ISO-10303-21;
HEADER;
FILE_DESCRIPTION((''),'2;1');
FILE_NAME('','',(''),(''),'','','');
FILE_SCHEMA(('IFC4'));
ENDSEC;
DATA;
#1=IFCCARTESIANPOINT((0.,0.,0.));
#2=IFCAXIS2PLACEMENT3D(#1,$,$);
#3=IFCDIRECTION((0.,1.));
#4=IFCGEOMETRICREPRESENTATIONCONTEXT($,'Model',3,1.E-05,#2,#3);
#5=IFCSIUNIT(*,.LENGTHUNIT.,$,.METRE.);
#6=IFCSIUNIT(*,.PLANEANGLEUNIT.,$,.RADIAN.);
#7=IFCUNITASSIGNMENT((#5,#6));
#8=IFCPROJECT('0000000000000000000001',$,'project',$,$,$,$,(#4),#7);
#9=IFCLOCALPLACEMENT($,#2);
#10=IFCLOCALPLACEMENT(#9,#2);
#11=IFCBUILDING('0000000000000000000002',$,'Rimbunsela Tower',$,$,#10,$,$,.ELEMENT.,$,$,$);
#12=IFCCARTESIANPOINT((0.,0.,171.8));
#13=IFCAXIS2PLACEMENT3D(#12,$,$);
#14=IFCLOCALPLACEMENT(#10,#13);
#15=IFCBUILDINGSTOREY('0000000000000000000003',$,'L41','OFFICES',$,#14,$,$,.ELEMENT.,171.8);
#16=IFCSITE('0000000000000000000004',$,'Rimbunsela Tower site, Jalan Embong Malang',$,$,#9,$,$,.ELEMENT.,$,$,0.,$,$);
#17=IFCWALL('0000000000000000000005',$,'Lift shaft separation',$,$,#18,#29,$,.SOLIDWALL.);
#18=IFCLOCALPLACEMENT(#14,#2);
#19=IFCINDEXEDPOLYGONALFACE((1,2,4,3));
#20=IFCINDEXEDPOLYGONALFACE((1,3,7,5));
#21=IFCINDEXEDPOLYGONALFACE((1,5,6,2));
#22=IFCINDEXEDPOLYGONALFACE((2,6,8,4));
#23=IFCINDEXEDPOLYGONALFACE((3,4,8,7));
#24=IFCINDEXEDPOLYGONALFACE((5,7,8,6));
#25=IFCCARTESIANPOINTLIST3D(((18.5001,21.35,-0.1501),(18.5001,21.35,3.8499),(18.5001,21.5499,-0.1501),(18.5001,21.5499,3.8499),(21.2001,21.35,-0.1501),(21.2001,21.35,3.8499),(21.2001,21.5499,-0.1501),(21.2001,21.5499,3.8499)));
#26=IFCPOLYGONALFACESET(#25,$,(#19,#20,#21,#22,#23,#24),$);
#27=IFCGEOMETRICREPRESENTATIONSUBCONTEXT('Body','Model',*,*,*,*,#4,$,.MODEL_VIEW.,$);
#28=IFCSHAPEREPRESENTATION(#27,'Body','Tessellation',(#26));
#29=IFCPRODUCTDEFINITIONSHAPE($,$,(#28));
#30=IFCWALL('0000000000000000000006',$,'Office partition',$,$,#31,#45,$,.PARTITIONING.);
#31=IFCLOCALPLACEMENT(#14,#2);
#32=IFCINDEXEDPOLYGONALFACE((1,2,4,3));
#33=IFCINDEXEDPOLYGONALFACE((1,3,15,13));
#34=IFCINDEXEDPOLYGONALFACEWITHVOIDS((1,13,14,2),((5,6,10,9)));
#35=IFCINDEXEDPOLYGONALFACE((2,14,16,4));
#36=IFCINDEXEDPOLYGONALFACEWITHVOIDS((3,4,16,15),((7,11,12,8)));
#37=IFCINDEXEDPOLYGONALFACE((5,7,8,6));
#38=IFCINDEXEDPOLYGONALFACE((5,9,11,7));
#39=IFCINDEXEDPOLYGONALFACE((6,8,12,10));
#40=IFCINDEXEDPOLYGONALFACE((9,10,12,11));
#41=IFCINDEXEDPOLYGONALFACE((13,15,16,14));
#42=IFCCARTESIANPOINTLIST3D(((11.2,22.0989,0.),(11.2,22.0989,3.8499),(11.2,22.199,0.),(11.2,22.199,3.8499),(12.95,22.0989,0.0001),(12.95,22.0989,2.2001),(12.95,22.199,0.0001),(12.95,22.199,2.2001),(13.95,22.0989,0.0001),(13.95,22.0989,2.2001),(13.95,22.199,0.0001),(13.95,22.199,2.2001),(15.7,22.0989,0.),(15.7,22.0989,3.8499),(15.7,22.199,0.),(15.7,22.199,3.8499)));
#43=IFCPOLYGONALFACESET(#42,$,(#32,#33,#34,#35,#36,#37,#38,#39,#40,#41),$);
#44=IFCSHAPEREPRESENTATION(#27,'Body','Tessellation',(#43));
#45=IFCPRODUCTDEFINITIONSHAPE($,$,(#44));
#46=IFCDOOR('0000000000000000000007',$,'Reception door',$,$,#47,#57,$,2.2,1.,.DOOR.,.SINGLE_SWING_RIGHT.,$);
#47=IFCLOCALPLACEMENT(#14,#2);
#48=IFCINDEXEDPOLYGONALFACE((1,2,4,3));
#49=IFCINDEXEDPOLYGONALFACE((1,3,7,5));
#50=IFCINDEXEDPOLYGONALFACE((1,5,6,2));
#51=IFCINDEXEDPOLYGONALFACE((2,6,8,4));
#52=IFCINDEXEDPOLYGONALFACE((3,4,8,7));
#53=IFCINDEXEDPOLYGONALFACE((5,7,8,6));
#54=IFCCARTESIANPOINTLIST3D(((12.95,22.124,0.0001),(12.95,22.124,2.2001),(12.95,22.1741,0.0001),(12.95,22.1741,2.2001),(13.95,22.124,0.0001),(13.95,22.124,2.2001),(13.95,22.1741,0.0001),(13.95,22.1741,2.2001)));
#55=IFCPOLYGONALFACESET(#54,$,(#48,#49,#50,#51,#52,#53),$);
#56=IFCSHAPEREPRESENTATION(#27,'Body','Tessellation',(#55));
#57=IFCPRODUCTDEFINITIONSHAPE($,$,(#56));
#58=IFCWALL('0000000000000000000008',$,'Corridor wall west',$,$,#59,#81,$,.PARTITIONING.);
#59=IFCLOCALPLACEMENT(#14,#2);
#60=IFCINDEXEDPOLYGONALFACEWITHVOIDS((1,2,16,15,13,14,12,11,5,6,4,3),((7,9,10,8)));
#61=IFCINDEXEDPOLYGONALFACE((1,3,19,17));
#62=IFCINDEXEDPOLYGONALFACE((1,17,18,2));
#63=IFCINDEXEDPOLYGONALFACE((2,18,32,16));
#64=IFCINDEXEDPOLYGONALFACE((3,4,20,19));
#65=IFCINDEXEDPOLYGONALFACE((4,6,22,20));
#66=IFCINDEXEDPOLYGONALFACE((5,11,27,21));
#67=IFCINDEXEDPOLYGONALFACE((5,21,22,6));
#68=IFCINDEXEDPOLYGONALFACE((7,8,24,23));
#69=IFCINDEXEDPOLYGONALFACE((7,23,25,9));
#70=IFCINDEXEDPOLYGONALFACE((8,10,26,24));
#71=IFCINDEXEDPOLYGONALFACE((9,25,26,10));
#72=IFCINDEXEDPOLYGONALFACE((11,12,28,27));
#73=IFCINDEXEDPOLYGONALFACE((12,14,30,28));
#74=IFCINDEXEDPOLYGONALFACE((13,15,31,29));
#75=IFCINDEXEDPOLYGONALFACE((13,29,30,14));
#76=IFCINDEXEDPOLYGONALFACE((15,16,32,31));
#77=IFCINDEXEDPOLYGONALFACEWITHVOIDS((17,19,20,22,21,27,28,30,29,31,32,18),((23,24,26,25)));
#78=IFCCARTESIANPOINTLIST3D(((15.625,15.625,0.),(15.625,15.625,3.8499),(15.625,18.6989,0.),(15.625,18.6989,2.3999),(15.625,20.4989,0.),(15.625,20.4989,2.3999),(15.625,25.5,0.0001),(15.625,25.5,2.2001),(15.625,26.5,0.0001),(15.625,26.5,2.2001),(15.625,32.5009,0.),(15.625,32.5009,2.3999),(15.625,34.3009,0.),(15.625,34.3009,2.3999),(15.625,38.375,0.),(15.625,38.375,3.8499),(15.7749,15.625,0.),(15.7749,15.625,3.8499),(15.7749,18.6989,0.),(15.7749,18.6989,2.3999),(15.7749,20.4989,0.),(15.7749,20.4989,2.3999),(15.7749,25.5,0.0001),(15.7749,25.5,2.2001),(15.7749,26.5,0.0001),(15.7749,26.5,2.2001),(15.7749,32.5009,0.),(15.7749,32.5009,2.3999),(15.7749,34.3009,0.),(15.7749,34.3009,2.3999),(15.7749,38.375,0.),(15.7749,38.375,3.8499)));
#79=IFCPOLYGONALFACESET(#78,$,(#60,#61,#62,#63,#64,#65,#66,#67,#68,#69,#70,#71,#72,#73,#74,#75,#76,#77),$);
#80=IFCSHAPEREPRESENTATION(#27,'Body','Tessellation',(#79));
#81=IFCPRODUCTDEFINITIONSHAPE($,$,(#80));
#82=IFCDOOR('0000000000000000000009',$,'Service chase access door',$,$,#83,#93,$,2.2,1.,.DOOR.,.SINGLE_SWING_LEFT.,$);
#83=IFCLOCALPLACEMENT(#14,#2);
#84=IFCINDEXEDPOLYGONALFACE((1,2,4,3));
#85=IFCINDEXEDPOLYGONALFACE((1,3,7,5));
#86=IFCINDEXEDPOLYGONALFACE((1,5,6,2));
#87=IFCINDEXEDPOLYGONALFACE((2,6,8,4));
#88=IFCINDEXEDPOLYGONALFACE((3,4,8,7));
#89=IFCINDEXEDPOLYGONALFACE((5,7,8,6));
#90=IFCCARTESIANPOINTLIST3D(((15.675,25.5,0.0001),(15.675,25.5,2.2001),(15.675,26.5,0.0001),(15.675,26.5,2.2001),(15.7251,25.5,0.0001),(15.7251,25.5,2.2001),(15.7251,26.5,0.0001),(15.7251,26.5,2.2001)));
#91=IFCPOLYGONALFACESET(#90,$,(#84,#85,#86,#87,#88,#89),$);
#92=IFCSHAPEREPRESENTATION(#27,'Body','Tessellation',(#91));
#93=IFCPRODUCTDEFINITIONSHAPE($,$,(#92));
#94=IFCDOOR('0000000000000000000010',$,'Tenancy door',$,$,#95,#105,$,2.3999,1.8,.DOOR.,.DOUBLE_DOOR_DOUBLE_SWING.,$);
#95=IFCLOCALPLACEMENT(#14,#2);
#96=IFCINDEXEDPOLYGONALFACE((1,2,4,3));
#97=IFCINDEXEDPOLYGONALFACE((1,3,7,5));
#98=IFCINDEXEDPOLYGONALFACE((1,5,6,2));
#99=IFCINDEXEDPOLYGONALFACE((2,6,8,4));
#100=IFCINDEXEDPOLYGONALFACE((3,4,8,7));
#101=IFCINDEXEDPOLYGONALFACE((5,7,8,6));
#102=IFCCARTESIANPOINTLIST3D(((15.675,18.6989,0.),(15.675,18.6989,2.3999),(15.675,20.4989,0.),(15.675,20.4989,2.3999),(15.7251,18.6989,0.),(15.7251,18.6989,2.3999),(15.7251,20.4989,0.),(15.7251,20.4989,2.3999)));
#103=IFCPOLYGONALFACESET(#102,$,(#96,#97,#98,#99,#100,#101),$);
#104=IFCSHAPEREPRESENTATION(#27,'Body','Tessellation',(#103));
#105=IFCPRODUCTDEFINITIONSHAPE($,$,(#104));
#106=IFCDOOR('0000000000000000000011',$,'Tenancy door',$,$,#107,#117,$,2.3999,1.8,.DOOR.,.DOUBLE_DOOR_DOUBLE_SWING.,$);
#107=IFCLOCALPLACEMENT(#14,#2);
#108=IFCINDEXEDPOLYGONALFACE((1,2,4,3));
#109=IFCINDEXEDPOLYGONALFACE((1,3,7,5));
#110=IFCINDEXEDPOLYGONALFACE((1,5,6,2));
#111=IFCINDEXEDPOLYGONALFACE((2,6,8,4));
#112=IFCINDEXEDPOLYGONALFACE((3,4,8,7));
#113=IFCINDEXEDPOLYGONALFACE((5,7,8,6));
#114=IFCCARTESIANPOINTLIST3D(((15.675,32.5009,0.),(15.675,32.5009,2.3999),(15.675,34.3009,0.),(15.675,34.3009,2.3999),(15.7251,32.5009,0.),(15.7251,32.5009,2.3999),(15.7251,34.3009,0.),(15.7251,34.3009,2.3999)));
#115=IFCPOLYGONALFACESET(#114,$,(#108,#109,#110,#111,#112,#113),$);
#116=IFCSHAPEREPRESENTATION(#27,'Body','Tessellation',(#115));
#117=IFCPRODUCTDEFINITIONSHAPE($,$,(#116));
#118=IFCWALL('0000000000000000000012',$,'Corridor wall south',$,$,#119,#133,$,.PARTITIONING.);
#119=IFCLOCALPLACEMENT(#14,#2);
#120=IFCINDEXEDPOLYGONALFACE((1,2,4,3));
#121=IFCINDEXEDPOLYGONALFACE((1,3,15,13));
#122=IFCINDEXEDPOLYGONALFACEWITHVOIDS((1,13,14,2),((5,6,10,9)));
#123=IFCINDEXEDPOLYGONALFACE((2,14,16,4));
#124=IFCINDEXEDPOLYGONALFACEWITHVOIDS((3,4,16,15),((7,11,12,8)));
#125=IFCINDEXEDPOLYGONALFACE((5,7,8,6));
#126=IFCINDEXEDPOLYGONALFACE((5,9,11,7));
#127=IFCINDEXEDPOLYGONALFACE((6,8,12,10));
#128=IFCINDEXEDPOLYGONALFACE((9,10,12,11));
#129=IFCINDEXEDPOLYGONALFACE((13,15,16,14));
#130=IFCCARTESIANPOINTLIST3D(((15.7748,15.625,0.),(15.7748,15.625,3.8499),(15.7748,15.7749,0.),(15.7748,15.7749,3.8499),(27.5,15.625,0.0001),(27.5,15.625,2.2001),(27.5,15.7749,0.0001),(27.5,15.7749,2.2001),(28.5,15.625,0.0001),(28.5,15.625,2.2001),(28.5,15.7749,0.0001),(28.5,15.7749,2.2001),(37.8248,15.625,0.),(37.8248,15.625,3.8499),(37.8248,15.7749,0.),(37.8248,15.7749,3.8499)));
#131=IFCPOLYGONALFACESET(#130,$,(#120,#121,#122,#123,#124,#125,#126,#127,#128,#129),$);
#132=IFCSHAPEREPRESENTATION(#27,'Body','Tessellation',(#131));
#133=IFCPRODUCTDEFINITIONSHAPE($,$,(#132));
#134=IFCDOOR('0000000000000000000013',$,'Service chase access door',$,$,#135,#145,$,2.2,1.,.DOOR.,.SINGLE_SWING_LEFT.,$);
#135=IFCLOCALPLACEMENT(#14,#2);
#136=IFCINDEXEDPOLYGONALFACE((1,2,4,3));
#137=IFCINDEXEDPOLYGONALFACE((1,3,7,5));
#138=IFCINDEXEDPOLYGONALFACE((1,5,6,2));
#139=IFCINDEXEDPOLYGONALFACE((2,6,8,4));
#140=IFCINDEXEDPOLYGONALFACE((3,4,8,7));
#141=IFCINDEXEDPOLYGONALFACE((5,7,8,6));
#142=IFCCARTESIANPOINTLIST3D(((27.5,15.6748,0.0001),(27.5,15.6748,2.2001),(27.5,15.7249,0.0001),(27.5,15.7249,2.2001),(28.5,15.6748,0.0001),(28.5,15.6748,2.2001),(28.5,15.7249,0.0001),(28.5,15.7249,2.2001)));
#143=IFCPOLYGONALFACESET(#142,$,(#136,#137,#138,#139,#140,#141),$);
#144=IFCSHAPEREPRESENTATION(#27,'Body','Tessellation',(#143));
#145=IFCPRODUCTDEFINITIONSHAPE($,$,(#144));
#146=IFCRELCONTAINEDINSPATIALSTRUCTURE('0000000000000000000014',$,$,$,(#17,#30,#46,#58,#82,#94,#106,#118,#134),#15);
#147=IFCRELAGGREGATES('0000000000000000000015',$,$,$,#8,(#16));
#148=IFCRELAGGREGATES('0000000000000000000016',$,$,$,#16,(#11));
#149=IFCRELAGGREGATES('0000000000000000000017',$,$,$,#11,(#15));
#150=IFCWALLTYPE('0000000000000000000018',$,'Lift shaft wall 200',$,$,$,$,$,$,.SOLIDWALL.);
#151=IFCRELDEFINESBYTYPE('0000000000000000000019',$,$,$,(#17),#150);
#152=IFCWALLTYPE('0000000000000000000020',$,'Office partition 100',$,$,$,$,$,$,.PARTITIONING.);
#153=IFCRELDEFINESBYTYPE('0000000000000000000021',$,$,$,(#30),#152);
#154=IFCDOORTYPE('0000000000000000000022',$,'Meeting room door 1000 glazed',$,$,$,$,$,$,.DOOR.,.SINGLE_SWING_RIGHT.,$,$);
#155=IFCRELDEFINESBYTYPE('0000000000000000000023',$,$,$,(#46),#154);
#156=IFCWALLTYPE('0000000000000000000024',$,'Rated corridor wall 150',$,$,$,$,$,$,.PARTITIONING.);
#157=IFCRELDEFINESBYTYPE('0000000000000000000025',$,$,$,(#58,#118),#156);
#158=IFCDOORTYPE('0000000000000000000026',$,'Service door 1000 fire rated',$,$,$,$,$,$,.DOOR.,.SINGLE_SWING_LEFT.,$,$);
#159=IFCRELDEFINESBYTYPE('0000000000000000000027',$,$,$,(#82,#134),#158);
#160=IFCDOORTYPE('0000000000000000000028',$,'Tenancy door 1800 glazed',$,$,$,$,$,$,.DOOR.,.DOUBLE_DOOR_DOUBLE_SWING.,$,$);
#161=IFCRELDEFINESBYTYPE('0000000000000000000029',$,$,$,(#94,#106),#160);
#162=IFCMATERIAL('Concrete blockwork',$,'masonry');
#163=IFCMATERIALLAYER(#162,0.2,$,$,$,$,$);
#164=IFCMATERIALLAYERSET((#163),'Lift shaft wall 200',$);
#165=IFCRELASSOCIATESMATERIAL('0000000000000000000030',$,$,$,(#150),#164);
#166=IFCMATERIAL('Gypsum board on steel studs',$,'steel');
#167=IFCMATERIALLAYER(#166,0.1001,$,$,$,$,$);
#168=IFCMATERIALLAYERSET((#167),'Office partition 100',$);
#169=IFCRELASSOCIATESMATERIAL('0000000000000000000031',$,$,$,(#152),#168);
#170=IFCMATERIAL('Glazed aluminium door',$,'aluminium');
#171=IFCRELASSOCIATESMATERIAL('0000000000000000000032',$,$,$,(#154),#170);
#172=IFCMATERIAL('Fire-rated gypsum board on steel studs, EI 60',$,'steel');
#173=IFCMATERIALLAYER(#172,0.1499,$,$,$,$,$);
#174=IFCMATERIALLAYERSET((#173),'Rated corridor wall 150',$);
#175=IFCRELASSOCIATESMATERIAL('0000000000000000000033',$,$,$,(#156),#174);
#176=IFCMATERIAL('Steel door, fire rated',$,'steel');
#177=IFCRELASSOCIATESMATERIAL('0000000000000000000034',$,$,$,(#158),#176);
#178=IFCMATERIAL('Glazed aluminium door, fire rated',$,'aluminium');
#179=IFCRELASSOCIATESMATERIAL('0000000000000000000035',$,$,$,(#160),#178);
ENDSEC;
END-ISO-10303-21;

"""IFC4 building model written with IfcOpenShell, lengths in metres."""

from ifc_helpers import new_model, si_unit, direction, frame, frame_2d, origin, place, context, subcontext, project, spatial, rectangle, extrude, material, layer, layer_set, type_object, element, fill, save


model = new_model("IFC4")

# Units and contexts
model_context = context("Model", 3, precision=1e-05, world=origin(), true_north=direction((0.0, 1.0)))
body_context = subcontext(model_context, "Body", "Model", "MODEL_VIEW")
ifc_project = project(units=[si_unit("LENGTHUNIT", "METRE"), si_unit("PLANEANGLEUNIT", "RADIAN")], contexts=[model_context])

# Site, building, storey
site_placement = place(None, origin())
site = spatial("IfcSite", under=ifc_project, at=site_placement, Name="Rimbunsela Tower site, Jalan Embong Malang", CompositionType="ELEMENT", RefElevation=0.0)
building_placement = place(site_placement, origin())
building = spatial("IfcBuilding", under=site, at=building_placement, Name="Rimbunsela Tower", CompositionType="ELEMENT")
storey_placement = place(building_placement, frame((0.0, 0.0, 171.8)))
storey = spatial("IfcBuildingStorey", under=building, at=storey_placement, Name="L41", Description="OFFICES", CompositionType="ELEMENT", Elevation=171.8)

# Wall
ifc_material_1 = material(Name="Concrete blockwork", Category="masonry")
ifc_layer_1 = layer(ifc_material_1, 0.2)
ifc_layer_set_1 = layer_set([ifc_layer_1], Name="Lift shaft wall 200")
wall_type_1 = type_object("IfcWallType", Name="Lift shaft wall 200", PredefinedType="SOLIDWALL", material=ifc_layer_set_1)
wall_1_placement = place(storey_placement, frame((18.5, 21.45, -0.1501), z_axis=(0.0, 0.0, 1.0), x_axis=(1.0, 0.0, 0.0)))
element("IfcWall", 1, at=wall_1_placement, inside=storey, type_object=wall_type_1, Name="Lift shaft separation", PredefinedType="SOLIDWALL", context=body_context, shape_type="SweptSolid", body=[
    extrude(rectangle(XDim=2.7, YDim=0.2, at=frame_2d((1.3501, 0.0))), origin(), (0.0, 0.0, 1.0), 4.0),
])

# Wall, opening, door
ifc_material_2 = material(Name="Gypsum board on steel studs", Category="steel")
ifc_layer_2 = layer(ifc_material_2, 0.1001)
ifc_layer_set_2 = layer_set([ifc_layer_2], Name="Office partition 100")
wall_type_2 = type_object("IfcWallType", Name="Office partition 100", PredefinedType="PARTITIONING", material=ifc_layer_set_2)
wall_2_placement = place(storey_placement, frame((15.7, 22.1489, 0.0), z_axis=(0.0, 0.0, 1.0), x_axis=(-1.0, 0.0, 0.0)))
wall_2 = element("IfcWall", 2, at=wall_2_placement, inside=storey, type_object=wall_type_2, Name="Office partition", PredefinedType="PARTITIONING", context=body_context, shape_type="SweptSolid", body=[
    extrude(rectangle(XDim=4.5, YDim=0.1001, at=frame_2d((2.25, 0.0))), origin(), (0.0, 0.0, 1.0), 3.8499),
])
opening_1_placement = place(wall_2_placement, frame((1.75, 0.0, 0.0)))
opening_1 = element("IfcOpeningElement", 3, at=opening_1_placement, cuts=wall_2, PredefinedType="OPENING", context=body_context, shape_type="SweptSolid", body=[
    extrude(rectangle(XDim=1.0, YDim=2.2, at=frame_2d((0.5, 1.1001))), frame((0.0, 0.0601, 0.0), z_axis=(0.0, -1.0, 0.0), x_axis=(1.0, 0.0, 0.0)), (0.0, 0.0, 1.0), 0.1201),
])
ifc_material_3 = material(Name="Glazed aluminium door", Category="aluminium")
door_type_1 = type_object("IfcDoorType", Name="Meeting room door 1000 glazed", OperationType="SINGLE_SWING_RIGHT", PredefinedType="DOOR", material=ifc_material_3)
door_1_placement = place(opening_1_placement, origin())
door_1 = element("IfcDoor", 4, at=door_1_placement, inside=storey, type_object=door_type_1, Name="Reception door", OperationType="SINGLE_SWING_RIGHT", OverallHeight=2.2, OverallWidth=1.0, PredefinedType="DOOR", context=body_context, shape_type="SweptSolid", body=[
    extrude(rectangle(XDim=1.0, YDim=2.2, at=frame_2d((0.5, 1.1001))), frame((0.0, 0.0249, 0.0), z_axis=(0.0, -1.0, 0.0), x_axis=(1.0, 0.0, 0.0)), (0.0, 0.0, 1.0), 0.05),
])
fill(opening_1, door_1)

# Wall, openings, doors
ifc_material_4 = material(Name="Fire-rated gypsum board on steel studs, EI 60", Category="steel")
ifc_layer_3 = layer(ifc_material_4, 0.1499)
ifc_layer_set_3 = layer_set([ifc_layer_3], Name="Rated corridor wall 150")
wall_type_3 = type_object("IfcWallType", Name="Rated corridor wall 150", PredefinedType="PARTITIONING", material=ifc_layer_set_3)
wall_3_placement = place(storey_placement, frame((15.7, 15.625, 0.0), z_axis=(0.0, 0.0, 1.0), x_axis=(0.0, 1.0, 0.0)))
wall_3 = element("IfcWall", 5, at=wall_3_placement, inside=storey, type_object=wall_type_3, Name="Corridor wall west", PredefinedType="PARTITIONING", context=body_context, shape_type="SweptSolid", body=[
    extrude(rectangle(XDim=22.75, YDim=0.1499, at=frame_2d((11.375, 0.0))), origin(), (0.0, 0.0, 1.0), 3.8499),
])
opening_2_placement = place(wall_3_placement, frame((3.074, 0.0, 0.0)))
opening_2 = element("IfcOpeningElement", 6, at=opening_2_placement, cuts=wall_3, PredefinedType="OPENING", context=body_context, shape_type="SweptSolid", body=[
    extrude(rectangle(XDim=1.8, YDim=2.3999, at=frame_2d((0.8999, 1.2))), frame((0.0, 0.085, 0.0), z_axis=(0.0, -1.0, 0.0), x_axis=(1.0, 0.0, 0.0)), (0.0, 0.0, 1.0), 0.1699),
])
opening_3_placement = place(wall_3_placement, frame((16.876, 0.0, 0.0)))
opening_3 = element("IfcOpeningElement", 7, at=opening_3_placement, cuts=wall_3, PredefinedType="OPENING", context=body_context, shape_type="SweptSolid", body=[
    extrude(rectangle(XDim=1.8, YDim=2.3999, at=frame_2d((0.8999, 1.2))), frame((0.0, 0.085, 0.0), z_axis=(0.0, -1.0, 0.0), x_axis=(1.0, 0.0, 0.0)), (0.0, 0.0, 1.0), 0.1699),
])
opening_4_placement = place(wall_3_placement, frame((9.875, 0.0, 0.0)))
opening_4 = element("IfcOpeningElement", 8, at=opening_4_placement, cuts=wall_3, PredefinedType="OPENING", context=body_context, shape_type="SweptSolid", body=[
    extrude(rectangle(XDim=1.0, YDim=2.2, at=frame_2d((0.5, 1.1001))), frame((0.0, 0.085, 0.0), z_axis=(0.0, -1.0, 0.0), x_axis=(1.0, 0.0, 0.0)), (0.0, 0.0, 1.0), 0.1699),
])
ifc_material_5 = material(Name="Steel door, fire rated", Category="steel")
door_type_2 = type_object("IfcDoorType", Name="Service door 1000 fire rated", OperationType="SINGLE_SWING_LEFT", PredefinedType="DOOR", material=ifc_material_5)
door_2_placement = place(opening_4_placement, origin())
door_2 = element("IfcDoor", 9, at=door_2_placement, inside=storey, type_object=door_type_2, Name="Service chase access door", OperationType="SINGLE_SWING_LEFT", OverallHeight=2.2, OverallWidth=1.0, PredefinedType="DOOR", context=body_context, shape_type="SweptSolid", body=[
    extrude(rectangle(XDim=1.0, YDim=2.2, at=frame_2d((0.5, 1.1001))), frame((0.0, 0.0249, 0.0), z_axis=(0.0, -1.0, 0.0), x_axis=(1.0, 0.0, 0.0)), (0.0, 0.0, 1.0), 0.05),
])
fill(opening_4, door_2)
ifc_material_6 = material(Name="Glazed aluminium door, fire rated", Category="aluminium")
door_type_3 = type_object("IfcDoorType", Name="Tenancy door 1800 glazed", OperationType="DOUBLE_DOOR_DOUBLE_SWING", PredefinedType="DOOR", material=ifc_material_6)
door_3_placement = place(opening_2_placement, origin())
door_3 = element("IfcDoor", 10, at=door_3_placement, inside=storey, type_object=door_type_3, Name="Tenancy door", OperationType="DOUBLE_DOOR_DOUBLE_SWING", OverallHeight=2.3999, OverallWidth=1.8, PredefinedType="DOOR", context=body_context, shape_type="SweptSolid", body=[
    extrude(rectangle(XDim=1.8, YDim=2.3999, at=frame_2d((0.8999, 1.2))), frame((0.0, 0.0249, 0.0), z_axis=(0.0, -1.0, 0.0), x_axis=(1.0, 0.0, 0.0)), (0.0, 0.0, 1.0), 0.05),
])
fill(opening_2, door_3)
door_4_placement = place(opening_3_placement, origin())
door_4 = element("IfcDoor", 11, at=door_4_placement, inside=storey, type_object=door_type_3, Name="Tenancy door", OperationType="DOUBLE_DOOR_DOUBLE_SWING", OverallHeight=2.3999, OverallWidth=1.8, PredefinedType="DOOR", context=body_context, shape_type="SweptSolid", body=[
    extrude(rectangle(XDim=1.8, YDim=2.3999, at=frame_2d((0.8999, 1.2))), frame((0.0, 0.0249, 0.0), z_axis=(0.0, -1.0, 0.0), x_axis=(1.0, 0.0, 0.0)), (0.0, 0.0, 1.0), 0.05),
])
fill(opening_3, door_4)

# Wall, opening, door
wall_4_placement = place(storey_placement, frame((15.7749, 15.7, 0.0), z_axis=(0.0, 0.0, 1.0), x_axis=(1.0, 0.0, 0.0)))
wall_4 = element("IfcWall", 12, at=wall_4_placement, inside=storey, type_object=wall_type_3, Name="Corridor wall south", PredefinedType="PARTITIONING", context=body_context, shape_type="SweptSolid", body=[
    extrude(rectangle(XDim=22.05, YDim=0.1499, at=frame_2d((11.0249, 0.0))), origin(), (0.0, 0.0, 1.0), 3.8499),
])
opening_5_placement = place(wall_4_placement, frame((11.7251, 0.0, 0.0)))
opening_5 = element("IfcOpeningElement", 13, at=opening_5_placement, cuts=wall_4, PredefinedType="OPENING", context=body_context, shape_type="SweptSolid", body=[
    extrude(rectangle(XDim=1.0, YDim=2.2, at=frame_2d((0.5, 1.1001))), frame((0.0, 0.085, 0.0), z_axis=(0.0, -1.0, 0.0), x_axis=(1.0, 0.0, 0.0)), (0.0, 0.0, 1.0), 0.1699),
])
door_5_placement = place(opening_5_placement, origin())
door_5 = element("IfcDoor", 14, at=door_5_placement, inside=storey, type_object=door_type_2, Name="Service chase access door", OperationType="SINGLE_SWING_LEFT", OverallHeight=2.2, OverallWidth=1.0, PredefinedType="DOOR", context=body_context, shape_type="SweptSolid", body=[
    extrude(rectangle(XDim=1.0, YDim=2.2, at=frame_2d((0.5, 1.1001))), frame((0.0, 0.0249, 0.0), z_axis=(0.0, -1.0, 0.0), x_axis=(1.0, 0.0, 0.0)), (0.0, 0.0, 1.0), 0.05),
])
fill(opening_5, door_5)

save(model, "model.ifc")
